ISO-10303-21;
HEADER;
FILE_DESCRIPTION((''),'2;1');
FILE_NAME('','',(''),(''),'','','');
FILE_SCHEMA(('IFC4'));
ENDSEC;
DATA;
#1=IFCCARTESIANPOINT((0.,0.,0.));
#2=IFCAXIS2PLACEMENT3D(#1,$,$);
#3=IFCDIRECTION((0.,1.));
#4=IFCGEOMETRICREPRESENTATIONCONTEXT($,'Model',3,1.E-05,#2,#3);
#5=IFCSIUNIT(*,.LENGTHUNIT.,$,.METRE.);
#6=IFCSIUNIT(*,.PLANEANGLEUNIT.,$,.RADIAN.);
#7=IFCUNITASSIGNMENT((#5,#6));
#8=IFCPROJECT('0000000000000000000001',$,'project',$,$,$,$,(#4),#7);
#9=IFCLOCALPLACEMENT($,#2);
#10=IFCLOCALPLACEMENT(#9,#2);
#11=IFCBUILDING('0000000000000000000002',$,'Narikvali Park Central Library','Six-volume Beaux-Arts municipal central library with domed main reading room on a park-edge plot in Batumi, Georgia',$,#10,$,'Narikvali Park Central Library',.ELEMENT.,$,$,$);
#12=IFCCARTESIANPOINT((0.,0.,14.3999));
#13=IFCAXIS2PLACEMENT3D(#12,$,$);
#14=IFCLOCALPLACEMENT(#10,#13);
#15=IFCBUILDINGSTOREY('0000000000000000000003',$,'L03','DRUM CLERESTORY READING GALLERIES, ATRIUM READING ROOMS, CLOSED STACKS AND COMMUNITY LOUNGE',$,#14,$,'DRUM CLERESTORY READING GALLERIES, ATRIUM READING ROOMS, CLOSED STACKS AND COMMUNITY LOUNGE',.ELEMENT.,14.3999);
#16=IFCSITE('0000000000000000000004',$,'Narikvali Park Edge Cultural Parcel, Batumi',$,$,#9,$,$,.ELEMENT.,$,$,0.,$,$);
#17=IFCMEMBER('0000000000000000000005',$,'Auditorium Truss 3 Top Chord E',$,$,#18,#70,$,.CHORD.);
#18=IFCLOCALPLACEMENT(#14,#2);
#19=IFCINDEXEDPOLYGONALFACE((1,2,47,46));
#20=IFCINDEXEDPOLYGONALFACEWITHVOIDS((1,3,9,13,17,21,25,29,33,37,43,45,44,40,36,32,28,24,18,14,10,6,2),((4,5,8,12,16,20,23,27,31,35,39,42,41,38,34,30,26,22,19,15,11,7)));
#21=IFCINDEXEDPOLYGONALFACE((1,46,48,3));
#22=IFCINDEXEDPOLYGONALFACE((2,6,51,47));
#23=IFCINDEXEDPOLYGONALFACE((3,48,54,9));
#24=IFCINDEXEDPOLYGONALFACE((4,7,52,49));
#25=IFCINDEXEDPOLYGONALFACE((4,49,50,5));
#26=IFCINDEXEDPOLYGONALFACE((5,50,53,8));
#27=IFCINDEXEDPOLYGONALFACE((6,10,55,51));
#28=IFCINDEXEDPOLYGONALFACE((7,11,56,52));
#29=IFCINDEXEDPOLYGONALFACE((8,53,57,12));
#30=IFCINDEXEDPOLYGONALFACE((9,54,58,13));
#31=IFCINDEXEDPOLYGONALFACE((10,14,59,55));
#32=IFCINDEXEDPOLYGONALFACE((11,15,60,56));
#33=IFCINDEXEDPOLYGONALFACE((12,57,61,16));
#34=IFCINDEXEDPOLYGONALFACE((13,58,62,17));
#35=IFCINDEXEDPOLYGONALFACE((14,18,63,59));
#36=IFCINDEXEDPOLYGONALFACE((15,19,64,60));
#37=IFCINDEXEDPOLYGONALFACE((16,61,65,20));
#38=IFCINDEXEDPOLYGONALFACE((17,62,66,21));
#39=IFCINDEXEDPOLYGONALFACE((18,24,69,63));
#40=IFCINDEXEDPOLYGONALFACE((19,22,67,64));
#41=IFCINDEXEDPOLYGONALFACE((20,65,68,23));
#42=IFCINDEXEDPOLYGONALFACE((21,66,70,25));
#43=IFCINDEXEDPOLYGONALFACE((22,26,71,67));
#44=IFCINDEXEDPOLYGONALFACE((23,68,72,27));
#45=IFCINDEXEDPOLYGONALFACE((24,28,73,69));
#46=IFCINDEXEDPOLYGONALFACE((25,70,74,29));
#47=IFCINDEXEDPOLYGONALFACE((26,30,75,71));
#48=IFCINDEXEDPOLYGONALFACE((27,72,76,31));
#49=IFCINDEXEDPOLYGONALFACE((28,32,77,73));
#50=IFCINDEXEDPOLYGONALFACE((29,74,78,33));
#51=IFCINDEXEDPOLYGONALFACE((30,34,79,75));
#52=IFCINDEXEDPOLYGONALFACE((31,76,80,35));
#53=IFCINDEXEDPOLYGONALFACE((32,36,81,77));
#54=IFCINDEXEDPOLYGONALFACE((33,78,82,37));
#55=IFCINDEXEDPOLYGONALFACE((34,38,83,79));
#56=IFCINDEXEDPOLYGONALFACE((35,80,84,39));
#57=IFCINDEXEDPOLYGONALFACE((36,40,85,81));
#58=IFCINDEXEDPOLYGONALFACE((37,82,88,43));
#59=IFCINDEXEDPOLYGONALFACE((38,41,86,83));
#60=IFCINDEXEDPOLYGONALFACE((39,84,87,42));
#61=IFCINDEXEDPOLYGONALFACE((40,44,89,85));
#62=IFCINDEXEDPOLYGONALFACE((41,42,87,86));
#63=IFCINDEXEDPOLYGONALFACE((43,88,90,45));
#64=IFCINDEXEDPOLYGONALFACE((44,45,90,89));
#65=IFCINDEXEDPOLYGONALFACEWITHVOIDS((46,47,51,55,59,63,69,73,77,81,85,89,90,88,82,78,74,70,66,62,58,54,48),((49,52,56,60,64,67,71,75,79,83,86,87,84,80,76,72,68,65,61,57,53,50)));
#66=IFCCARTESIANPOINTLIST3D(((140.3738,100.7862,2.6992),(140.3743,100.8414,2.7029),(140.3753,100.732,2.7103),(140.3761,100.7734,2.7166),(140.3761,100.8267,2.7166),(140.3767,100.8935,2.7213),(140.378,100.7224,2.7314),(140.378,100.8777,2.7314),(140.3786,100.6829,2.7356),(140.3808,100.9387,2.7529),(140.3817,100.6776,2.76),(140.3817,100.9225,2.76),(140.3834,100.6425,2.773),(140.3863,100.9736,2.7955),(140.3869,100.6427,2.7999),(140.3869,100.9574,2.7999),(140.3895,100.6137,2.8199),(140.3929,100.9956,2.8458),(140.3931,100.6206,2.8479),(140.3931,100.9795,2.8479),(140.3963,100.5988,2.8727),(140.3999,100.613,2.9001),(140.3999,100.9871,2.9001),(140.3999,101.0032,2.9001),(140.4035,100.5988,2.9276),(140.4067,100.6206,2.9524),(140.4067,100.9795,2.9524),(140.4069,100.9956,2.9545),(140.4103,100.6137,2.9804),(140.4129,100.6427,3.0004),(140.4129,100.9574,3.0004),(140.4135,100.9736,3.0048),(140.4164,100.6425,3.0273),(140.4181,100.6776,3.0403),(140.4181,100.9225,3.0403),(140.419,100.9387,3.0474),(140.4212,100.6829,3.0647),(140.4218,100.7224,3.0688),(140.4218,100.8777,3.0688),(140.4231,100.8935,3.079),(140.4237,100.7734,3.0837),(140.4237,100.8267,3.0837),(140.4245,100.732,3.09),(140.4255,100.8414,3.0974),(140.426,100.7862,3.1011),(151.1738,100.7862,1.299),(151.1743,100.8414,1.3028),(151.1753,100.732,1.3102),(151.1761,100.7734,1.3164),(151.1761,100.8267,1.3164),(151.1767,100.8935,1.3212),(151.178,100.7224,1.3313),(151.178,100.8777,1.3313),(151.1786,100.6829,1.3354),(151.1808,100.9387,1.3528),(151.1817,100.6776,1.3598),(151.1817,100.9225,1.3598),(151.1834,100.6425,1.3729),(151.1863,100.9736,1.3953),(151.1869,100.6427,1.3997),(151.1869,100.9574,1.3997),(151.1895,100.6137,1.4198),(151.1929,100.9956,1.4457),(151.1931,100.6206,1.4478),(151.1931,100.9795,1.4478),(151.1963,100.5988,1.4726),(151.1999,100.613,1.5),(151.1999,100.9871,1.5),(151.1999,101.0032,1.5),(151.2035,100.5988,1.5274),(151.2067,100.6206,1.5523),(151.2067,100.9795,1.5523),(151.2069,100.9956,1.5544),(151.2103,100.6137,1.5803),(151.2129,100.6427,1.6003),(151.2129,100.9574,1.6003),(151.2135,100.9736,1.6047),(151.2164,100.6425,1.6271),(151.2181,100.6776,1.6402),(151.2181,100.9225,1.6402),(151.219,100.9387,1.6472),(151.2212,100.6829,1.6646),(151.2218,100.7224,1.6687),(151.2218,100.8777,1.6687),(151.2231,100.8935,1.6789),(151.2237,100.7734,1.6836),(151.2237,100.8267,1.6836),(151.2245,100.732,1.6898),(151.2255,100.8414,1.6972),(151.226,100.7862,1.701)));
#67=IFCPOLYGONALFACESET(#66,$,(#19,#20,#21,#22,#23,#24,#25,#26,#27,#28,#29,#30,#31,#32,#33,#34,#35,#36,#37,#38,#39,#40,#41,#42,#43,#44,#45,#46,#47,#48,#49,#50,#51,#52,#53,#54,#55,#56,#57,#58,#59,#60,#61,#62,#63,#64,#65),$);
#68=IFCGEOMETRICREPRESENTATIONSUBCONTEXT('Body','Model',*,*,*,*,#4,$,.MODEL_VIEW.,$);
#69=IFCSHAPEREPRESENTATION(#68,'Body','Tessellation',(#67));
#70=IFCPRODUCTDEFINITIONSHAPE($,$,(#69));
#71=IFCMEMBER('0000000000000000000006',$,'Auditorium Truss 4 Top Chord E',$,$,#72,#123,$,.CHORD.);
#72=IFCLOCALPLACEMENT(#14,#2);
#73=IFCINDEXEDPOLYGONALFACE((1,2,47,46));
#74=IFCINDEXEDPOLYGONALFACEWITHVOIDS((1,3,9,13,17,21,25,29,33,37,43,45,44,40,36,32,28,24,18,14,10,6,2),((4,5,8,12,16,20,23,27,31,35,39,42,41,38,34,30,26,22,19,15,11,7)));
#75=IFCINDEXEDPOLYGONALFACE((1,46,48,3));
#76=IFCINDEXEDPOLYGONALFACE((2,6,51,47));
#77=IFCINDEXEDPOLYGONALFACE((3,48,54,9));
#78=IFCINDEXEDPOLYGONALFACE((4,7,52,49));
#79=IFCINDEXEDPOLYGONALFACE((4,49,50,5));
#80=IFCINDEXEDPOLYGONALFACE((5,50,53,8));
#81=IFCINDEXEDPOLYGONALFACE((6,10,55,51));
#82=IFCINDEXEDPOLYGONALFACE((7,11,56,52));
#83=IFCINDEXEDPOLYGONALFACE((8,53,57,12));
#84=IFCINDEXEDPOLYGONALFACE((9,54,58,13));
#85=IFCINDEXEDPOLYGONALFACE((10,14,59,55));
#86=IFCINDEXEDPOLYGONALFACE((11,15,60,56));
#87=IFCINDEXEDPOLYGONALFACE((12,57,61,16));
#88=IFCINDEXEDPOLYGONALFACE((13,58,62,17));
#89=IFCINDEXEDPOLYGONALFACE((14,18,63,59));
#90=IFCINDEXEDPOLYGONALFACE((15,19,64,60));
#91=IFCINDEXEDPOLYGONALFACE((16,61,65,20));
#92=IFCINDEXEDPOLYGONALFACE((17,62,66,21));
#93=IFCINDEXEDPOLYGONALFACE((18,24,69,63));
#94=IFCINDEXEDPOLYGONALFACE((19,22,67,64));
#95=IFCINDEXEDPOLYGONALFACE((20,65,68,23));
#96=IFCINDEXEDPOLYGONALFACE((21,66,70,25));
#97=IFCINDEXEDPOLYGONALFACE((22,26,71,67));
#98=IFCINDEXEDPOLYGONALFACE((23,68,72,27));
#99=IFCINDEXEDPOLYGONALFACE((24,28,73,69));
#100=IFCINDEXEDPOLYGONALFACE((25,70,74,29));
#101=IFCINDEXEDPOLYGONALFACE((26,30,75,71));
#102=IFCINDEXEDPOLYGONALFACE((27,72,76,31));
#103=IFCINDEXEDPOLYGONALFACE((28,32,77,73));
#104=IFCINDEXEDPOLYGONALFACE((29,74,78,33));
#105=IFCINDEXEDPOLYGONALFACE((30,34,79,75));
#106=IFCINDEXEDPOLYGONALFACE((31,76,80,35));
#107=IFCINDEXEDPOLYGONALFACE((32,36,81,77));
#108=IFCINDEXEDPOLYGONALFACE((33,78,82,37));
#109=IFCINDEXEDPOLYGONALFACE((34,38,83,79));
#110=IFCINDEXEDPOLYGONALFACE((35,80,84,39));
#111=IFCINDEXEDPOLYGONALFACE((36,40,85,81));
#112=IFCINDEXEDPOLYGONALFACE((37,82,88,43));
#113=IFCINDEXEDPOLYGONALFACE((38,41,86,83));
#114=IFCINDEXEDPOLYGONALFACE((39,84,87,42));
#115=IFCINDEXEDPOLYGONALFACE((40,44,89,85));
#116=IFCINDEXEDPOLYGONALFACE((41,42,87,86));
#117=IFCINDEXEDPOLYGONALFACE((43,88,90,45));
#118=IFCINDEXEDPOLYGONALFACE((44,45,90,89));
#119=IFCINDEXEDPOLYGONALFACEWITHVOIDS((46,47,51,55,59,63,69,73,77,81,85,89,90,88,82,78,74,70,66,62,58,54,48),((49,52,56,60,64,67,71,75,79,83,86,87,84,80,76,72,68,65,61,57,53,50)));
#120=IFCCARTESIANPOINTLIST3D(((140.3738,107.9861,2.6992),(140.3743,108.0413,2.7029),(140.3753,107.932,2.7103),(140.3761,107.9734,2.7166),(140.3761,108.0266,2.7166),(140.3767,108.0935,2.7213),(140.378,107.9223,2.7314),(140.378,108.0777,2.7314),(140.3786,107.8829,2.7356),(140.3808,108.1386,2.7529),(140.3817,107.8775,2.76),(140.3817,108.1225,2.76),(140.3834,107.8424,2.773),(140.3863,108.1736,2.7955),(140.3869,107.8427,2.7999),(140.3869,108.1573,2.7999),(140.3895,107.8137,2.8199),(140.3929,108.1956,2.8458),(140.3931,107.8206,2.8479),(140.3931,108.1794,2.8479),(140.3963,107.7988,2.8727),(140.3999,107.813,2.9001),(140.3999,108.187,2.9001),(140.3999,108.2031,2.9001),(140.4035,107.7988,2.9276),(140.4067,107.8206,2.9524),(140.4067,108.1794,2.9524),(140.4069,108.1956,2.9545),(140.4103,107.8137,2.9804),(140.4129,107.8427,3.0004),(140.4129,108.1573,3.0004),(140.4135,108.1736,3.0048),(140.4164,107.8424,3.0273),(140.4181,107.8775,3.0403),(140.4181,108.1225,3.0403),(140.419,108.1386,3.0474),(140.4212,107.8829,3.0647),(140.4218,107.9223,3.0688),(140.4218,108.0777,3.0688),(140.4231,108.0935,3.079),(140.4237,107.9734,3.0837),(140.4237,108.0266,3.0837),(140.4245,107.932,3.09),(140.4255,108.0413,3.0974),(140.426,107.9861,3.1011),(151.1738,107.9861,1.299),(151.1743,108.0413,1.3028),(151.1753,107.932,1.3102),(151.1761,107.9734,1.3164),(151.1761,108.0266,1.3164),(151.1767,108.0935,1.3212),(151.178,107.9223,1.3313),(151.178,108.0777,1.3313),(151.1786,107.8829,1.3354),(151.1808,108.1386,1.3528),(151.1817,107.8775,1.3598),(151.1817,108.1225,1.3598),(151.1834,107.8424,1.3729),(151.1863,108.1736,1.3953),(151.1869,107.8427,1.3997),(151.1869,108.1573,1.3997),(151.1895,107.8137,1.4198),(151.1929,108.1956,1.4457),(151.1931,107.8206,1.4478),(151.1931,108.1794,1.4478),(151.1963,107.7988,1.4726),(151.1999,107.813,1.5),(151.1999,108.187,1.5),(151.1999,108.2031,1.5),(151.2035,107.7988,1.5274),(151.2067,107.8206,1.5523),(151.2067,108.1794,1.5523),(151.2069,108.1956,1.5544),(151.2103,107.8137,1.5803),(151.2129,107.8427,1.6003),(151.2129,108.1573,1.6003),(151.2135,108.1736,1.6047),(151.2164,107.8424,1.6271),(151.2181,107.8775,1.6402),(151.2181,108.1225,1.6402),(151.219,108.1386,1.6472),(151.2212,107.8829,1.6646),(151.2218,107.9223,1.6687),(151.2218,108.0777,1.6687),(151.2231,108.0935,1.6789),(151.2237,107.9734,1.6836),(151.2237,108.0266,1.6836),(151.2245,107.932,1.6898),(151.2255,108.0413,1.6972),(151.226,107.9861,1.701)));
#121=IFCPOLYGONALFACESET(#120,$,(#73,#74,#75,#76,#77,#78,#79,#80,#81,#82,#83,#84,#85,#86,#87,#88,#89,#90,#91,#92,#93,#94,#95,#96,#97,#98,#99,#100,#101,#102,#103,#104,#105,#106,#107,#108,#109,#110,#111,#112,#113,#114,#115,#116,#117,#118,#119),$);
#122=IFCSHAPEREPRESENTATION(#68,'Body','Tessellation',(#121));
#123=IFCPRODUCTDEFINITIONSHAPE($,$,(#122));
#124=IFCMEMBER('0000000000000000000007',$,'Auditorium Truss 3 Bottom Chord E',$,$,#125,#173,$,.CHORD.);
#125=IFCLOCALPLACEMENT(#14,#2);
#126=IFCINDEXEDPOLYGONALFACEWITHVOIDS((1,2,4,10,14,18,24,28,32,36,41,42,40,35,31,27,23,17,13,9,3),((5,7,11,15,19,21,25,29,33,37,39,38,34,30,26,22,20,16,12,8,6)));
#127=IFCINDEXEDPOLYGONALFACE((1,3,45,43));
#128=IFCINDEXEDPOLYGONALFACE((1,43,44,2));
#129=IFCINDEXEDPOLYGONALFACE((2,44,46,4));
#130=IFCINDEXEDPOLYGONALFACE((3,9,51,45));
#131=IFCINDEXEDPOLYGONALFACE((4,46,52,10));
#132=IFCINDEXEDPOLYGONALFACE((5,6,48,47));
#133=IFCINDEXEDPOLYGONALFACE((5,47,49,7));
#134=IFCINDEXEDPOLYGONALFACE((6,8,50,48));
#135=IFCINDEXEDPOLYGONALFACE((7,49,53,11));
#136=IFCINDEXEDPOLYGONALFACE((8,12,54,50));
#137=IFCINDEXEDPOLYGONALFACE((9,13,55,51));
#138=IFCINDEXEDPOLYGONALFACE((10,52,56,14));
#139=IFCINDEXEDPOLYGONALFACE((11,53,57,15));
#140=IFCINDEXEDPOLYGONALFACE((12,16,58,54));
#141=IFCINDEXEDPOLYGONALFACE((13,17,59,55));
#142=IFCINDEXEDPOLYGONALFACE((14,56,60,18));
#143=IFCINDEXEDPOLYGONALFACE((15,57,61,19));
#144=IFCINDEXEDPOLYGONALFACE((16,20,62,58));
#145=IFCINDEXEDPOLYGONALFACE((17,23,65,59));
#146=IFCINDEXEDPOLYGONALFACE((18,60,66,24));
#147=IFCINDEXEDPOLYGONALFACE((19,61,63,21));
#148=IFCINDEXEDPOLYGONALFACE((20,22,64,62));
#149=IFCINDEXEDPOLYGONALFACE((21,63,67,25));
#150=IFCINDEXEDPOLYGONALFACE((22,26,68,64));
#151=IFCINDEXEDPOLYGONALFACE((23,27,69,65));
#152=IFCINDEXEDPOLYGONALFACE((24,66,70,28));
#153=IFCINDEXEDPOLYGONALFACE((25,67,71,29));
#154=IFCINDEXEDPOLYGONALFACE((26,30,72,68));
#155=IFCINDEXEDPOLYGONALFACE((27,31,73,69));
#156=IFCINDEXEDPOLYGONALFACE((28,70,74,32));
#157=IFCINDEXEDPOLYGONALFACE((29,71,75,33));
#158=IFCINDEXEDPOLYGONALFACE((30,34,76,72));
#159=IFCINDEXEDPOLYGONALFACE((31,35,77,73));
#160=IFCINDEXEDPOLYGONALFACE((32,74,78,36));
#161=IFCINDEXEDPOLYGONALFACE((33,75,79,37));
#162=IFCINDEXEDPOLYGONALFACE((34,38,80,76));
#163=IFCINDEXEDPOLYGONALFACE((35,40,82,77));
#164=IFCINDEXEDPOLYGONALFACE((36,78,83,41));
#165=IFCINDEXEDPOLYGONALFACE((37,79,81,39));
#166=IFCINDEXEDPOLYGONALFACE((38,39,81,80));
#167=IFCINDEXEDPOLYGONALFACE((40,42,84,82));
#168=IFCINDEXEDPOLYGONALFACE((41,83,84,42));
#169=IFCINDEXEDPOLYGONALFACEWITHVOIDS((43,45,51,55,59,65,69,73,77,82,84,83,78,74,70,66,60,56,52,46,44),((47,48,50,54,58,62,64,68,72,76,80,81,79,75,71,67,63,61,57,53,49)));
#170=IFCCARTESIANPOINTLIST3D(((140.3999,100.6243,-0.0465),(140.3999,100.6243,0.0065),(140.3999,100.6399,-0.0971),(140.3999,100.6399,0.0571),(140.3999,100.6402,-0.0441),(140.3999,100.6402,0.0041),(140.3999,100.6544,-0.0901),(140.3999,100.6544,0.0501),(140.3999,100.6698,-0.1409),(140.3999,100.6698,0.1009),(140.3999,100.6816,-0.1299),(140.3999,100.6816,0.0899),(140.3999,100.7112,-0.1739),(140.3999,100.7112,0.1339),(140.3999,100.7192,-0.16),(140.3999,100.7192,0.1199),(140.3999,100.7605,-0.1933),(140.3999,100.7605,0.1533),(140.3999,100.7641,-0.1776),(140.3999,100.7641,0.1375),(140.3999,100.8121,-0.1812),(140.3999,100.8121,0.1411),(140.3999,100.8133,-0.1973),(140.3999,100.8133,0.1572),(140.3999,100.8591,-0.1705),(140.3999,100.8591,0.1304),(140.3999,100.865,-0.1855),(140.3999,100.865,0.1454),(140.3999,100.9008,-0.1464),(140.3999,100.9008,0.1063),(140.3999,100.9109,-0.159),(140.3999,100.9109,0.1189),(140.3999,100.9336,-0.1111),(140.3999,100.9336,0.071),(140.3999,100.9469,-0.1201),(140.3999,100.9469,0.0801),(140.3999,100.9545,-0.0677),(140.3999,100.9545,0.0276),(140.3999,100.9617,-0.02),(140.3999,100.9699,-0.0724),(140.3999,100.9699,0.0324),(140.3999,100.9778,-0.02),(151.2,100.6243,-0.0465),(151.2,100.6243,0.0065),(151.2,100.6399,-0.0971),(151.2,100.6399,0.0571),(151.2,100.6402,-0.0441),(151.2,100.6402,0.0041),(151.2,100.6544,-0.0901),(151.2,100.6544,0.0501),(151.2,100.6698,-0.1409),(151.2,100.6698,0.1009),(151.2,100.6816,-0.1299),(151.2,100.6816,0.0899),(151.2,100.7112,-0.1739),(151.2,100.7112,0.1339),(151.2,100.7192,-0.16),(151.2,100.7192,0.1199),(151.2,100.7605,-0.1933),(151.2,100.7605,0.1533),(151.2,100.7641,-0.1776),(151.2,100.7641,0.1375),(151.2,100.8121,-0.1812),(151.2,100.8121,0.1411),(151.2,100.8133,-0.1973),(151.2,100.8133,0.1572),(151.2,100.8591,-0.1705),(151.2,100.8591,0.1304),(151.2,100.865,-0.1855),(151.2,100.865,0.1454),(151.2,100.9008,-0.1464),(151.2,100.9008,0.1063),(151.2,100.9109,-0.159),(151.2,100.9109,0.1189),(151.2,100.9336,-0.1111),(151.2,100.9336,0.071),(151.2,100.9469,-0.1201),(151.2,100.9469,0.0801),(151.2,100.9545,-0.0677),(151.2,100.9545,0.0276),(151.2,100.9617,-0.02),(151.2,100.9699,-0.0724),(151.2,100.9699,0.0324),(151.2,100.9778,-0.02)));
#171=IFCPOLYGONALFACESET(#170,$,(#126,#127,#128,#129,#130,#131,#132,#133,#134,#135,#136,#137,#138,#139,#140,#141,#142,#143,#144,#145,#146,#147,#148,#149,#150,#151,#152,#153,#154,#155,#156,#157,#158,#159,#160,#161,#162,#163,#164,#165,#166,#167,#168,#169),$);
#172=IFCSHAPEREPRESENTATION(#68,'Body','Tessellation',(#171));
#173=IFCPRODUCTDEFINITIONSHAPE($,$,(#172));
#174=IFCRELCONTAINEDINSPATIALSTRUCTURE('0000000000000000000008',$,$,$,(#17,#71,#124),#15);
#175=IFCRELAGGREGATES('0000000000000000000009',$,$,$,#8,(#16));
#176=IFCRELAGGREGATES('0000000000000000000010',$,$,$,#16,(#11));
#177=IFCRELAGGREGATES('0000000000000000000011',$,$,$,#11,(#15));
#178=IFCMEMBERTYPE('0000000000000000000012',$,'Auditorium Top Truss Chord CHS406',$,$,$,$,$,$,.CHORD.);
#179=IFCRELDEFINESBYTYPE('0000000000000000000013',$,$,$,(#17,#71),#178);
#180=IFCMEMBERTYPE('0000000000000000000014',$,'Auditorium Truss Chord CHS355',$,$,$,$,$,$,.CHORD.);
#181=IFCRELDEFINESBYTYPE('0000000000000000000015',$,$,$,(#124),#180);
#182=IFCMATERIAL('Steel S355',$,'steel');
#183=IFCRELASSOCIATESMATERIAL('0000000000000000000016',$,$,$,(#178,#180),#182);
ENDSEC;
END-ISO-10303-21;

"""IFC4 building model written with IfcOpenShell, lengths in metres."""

from ifc_helpers import new_model, si_unit, direction, frame, origin, origin_2d, place, context, subcontext, project, spatial, hollow_circle, extrude, material, material_profile, profile_set, type_object, element, save


model = new_model("IFC4")

# Units and contexts
model_context = context("Model", 3, precision=1e-05, world=origin(), true_north=direction((0.0, 1.0)))
body_context = subcontext(model_context, "Body", "Model", "MODEL_VIEW")
ifc_project = project(units=[si_unit("LENGTHUNIT", "METRE"), si_unit("PLANEANGLEUNIT", "RADIAN")], contexts=[model_context])

# Site, building, storey
site_placement = place(None, origin())
site = spatial("IfcSite", under=ifc_project, at=site_placement, Name="Narikvali Park Edge Cultural Parcel, Batumi", CompositionType="ELEMENT", RefElevation=0.0)
building_placement = place(site_placement, origin())
building = spatial("IfcBuilding", under=site, at=building_placement, Name="Narikvali Park Central Library", Description="Six-volume Beaux-Arts municipal central library with domed main reading room on a park-edge plot in Batumi, Georgia", LongName="Narikvali Park Central Library", CompositionType="ELEMENT")
storey_placement = place(building_placement, frame((0.0, 0.0, 14.3999)))
storey = spatial("IfcBuildingStorey", under=building, at=storey_placement, Name="L03", Description="DRUM CLERESTORY READING GALLERIES, ATRIUM READING ROOMS, CLOSED STACKS AND COMMUNITY LOUNGE", LongName="DRUM CLERESTORY READING GALLERIES, ATRIUM READING ROOMS, CLOSED STACKS AND COMMUNITY LOUNGE", CompositionType="ELEMENT", Elevation=14.3999)

# Members
ifc_material = material(Name="Steel S355", Category="steel")
ifc_material_profile_1 = material_profile(ifc_material, hollow_circle(Radius=0.2031, WallThickness=0.0161, at=origin_2d()), Name="CHS 406.4x16")
ifc_profile_set_1 = profile_set([ifc_material_profile_1], Name="Steel S355")
member_type_1 = type_object("IfcMemberType", Name="Auditorium Top Truss Chord CHS406", PredefinedType="CHORD", material=ifc_profile_set_1)
for number, where, z_axis, x_axis, name in (
    (1, (140.3999, 100.8, 2.9001), (0.991701, 0.0, -0.128567), (0.0, 1.0, 0.0), "Auditorium Truss 3 Top Chord E"),
    (2, (140.3999, 108.0, 2.9001), (0.991701, 0.0, -0.128567), (0.0, 1.0, 0.0), "Auditorium Truss 4 Top Chord E"),
):
    element("IfcMember", number, at=place(storey_placement, frame(where, z_axis=z_axis, x_axis=x_axis)), inside=storey, type_object=member_type_1, Name=name, PredefinedType="CHORD", context=body_context, shape_type="SweptSolid", body=[
        extrude(hollow_circle(Radius=0.2031, WallThickness=0.0161, at=origin_2d()), origin(), (0.0, 0.0, 1.0), 10.8904),
    ])
ifc_material_profile_2 = material_profile(ifc_material, hollow_circle(Radius=0.1777, WallThickness=0.0161, at=origin_2d()), Name="CHS 355.6x16")
ifc_profile_set_2 = profile_set([ifc_material_profile_2], Name="Steel S355")
member_type_2 = type_object("IfcMemberType", Name="Auditorium Truss Chord CHS355", PredefinedType="CHORD", material=ifc_profile_set_2)
for number, where, z_axis, x_axis, name in (
    (3, (140.3999, 100.8, -0.02), (1.0, 0.0, 0.0), (0.0, 1.0, 0.0), "Auditorium Truss 3 Bottom Chord E"),
):
    element("IfcMember", number, at=place(storey_placement, frame(where, z_axis=z_axis, x_axis=x_axis)), inside=storey, type_object=member_type_2, Name=name, PredefinedType="CHORD", context=body_context, shape_type="SweptSolid", body=[
        extrude(hollow_circle(Radius=0.1777, WallThickness=0.0161, at=origin_2d()), origin(), (0.0, 0.0, 1.0), 10.8),
    ])

save(model, "model.ifc")
